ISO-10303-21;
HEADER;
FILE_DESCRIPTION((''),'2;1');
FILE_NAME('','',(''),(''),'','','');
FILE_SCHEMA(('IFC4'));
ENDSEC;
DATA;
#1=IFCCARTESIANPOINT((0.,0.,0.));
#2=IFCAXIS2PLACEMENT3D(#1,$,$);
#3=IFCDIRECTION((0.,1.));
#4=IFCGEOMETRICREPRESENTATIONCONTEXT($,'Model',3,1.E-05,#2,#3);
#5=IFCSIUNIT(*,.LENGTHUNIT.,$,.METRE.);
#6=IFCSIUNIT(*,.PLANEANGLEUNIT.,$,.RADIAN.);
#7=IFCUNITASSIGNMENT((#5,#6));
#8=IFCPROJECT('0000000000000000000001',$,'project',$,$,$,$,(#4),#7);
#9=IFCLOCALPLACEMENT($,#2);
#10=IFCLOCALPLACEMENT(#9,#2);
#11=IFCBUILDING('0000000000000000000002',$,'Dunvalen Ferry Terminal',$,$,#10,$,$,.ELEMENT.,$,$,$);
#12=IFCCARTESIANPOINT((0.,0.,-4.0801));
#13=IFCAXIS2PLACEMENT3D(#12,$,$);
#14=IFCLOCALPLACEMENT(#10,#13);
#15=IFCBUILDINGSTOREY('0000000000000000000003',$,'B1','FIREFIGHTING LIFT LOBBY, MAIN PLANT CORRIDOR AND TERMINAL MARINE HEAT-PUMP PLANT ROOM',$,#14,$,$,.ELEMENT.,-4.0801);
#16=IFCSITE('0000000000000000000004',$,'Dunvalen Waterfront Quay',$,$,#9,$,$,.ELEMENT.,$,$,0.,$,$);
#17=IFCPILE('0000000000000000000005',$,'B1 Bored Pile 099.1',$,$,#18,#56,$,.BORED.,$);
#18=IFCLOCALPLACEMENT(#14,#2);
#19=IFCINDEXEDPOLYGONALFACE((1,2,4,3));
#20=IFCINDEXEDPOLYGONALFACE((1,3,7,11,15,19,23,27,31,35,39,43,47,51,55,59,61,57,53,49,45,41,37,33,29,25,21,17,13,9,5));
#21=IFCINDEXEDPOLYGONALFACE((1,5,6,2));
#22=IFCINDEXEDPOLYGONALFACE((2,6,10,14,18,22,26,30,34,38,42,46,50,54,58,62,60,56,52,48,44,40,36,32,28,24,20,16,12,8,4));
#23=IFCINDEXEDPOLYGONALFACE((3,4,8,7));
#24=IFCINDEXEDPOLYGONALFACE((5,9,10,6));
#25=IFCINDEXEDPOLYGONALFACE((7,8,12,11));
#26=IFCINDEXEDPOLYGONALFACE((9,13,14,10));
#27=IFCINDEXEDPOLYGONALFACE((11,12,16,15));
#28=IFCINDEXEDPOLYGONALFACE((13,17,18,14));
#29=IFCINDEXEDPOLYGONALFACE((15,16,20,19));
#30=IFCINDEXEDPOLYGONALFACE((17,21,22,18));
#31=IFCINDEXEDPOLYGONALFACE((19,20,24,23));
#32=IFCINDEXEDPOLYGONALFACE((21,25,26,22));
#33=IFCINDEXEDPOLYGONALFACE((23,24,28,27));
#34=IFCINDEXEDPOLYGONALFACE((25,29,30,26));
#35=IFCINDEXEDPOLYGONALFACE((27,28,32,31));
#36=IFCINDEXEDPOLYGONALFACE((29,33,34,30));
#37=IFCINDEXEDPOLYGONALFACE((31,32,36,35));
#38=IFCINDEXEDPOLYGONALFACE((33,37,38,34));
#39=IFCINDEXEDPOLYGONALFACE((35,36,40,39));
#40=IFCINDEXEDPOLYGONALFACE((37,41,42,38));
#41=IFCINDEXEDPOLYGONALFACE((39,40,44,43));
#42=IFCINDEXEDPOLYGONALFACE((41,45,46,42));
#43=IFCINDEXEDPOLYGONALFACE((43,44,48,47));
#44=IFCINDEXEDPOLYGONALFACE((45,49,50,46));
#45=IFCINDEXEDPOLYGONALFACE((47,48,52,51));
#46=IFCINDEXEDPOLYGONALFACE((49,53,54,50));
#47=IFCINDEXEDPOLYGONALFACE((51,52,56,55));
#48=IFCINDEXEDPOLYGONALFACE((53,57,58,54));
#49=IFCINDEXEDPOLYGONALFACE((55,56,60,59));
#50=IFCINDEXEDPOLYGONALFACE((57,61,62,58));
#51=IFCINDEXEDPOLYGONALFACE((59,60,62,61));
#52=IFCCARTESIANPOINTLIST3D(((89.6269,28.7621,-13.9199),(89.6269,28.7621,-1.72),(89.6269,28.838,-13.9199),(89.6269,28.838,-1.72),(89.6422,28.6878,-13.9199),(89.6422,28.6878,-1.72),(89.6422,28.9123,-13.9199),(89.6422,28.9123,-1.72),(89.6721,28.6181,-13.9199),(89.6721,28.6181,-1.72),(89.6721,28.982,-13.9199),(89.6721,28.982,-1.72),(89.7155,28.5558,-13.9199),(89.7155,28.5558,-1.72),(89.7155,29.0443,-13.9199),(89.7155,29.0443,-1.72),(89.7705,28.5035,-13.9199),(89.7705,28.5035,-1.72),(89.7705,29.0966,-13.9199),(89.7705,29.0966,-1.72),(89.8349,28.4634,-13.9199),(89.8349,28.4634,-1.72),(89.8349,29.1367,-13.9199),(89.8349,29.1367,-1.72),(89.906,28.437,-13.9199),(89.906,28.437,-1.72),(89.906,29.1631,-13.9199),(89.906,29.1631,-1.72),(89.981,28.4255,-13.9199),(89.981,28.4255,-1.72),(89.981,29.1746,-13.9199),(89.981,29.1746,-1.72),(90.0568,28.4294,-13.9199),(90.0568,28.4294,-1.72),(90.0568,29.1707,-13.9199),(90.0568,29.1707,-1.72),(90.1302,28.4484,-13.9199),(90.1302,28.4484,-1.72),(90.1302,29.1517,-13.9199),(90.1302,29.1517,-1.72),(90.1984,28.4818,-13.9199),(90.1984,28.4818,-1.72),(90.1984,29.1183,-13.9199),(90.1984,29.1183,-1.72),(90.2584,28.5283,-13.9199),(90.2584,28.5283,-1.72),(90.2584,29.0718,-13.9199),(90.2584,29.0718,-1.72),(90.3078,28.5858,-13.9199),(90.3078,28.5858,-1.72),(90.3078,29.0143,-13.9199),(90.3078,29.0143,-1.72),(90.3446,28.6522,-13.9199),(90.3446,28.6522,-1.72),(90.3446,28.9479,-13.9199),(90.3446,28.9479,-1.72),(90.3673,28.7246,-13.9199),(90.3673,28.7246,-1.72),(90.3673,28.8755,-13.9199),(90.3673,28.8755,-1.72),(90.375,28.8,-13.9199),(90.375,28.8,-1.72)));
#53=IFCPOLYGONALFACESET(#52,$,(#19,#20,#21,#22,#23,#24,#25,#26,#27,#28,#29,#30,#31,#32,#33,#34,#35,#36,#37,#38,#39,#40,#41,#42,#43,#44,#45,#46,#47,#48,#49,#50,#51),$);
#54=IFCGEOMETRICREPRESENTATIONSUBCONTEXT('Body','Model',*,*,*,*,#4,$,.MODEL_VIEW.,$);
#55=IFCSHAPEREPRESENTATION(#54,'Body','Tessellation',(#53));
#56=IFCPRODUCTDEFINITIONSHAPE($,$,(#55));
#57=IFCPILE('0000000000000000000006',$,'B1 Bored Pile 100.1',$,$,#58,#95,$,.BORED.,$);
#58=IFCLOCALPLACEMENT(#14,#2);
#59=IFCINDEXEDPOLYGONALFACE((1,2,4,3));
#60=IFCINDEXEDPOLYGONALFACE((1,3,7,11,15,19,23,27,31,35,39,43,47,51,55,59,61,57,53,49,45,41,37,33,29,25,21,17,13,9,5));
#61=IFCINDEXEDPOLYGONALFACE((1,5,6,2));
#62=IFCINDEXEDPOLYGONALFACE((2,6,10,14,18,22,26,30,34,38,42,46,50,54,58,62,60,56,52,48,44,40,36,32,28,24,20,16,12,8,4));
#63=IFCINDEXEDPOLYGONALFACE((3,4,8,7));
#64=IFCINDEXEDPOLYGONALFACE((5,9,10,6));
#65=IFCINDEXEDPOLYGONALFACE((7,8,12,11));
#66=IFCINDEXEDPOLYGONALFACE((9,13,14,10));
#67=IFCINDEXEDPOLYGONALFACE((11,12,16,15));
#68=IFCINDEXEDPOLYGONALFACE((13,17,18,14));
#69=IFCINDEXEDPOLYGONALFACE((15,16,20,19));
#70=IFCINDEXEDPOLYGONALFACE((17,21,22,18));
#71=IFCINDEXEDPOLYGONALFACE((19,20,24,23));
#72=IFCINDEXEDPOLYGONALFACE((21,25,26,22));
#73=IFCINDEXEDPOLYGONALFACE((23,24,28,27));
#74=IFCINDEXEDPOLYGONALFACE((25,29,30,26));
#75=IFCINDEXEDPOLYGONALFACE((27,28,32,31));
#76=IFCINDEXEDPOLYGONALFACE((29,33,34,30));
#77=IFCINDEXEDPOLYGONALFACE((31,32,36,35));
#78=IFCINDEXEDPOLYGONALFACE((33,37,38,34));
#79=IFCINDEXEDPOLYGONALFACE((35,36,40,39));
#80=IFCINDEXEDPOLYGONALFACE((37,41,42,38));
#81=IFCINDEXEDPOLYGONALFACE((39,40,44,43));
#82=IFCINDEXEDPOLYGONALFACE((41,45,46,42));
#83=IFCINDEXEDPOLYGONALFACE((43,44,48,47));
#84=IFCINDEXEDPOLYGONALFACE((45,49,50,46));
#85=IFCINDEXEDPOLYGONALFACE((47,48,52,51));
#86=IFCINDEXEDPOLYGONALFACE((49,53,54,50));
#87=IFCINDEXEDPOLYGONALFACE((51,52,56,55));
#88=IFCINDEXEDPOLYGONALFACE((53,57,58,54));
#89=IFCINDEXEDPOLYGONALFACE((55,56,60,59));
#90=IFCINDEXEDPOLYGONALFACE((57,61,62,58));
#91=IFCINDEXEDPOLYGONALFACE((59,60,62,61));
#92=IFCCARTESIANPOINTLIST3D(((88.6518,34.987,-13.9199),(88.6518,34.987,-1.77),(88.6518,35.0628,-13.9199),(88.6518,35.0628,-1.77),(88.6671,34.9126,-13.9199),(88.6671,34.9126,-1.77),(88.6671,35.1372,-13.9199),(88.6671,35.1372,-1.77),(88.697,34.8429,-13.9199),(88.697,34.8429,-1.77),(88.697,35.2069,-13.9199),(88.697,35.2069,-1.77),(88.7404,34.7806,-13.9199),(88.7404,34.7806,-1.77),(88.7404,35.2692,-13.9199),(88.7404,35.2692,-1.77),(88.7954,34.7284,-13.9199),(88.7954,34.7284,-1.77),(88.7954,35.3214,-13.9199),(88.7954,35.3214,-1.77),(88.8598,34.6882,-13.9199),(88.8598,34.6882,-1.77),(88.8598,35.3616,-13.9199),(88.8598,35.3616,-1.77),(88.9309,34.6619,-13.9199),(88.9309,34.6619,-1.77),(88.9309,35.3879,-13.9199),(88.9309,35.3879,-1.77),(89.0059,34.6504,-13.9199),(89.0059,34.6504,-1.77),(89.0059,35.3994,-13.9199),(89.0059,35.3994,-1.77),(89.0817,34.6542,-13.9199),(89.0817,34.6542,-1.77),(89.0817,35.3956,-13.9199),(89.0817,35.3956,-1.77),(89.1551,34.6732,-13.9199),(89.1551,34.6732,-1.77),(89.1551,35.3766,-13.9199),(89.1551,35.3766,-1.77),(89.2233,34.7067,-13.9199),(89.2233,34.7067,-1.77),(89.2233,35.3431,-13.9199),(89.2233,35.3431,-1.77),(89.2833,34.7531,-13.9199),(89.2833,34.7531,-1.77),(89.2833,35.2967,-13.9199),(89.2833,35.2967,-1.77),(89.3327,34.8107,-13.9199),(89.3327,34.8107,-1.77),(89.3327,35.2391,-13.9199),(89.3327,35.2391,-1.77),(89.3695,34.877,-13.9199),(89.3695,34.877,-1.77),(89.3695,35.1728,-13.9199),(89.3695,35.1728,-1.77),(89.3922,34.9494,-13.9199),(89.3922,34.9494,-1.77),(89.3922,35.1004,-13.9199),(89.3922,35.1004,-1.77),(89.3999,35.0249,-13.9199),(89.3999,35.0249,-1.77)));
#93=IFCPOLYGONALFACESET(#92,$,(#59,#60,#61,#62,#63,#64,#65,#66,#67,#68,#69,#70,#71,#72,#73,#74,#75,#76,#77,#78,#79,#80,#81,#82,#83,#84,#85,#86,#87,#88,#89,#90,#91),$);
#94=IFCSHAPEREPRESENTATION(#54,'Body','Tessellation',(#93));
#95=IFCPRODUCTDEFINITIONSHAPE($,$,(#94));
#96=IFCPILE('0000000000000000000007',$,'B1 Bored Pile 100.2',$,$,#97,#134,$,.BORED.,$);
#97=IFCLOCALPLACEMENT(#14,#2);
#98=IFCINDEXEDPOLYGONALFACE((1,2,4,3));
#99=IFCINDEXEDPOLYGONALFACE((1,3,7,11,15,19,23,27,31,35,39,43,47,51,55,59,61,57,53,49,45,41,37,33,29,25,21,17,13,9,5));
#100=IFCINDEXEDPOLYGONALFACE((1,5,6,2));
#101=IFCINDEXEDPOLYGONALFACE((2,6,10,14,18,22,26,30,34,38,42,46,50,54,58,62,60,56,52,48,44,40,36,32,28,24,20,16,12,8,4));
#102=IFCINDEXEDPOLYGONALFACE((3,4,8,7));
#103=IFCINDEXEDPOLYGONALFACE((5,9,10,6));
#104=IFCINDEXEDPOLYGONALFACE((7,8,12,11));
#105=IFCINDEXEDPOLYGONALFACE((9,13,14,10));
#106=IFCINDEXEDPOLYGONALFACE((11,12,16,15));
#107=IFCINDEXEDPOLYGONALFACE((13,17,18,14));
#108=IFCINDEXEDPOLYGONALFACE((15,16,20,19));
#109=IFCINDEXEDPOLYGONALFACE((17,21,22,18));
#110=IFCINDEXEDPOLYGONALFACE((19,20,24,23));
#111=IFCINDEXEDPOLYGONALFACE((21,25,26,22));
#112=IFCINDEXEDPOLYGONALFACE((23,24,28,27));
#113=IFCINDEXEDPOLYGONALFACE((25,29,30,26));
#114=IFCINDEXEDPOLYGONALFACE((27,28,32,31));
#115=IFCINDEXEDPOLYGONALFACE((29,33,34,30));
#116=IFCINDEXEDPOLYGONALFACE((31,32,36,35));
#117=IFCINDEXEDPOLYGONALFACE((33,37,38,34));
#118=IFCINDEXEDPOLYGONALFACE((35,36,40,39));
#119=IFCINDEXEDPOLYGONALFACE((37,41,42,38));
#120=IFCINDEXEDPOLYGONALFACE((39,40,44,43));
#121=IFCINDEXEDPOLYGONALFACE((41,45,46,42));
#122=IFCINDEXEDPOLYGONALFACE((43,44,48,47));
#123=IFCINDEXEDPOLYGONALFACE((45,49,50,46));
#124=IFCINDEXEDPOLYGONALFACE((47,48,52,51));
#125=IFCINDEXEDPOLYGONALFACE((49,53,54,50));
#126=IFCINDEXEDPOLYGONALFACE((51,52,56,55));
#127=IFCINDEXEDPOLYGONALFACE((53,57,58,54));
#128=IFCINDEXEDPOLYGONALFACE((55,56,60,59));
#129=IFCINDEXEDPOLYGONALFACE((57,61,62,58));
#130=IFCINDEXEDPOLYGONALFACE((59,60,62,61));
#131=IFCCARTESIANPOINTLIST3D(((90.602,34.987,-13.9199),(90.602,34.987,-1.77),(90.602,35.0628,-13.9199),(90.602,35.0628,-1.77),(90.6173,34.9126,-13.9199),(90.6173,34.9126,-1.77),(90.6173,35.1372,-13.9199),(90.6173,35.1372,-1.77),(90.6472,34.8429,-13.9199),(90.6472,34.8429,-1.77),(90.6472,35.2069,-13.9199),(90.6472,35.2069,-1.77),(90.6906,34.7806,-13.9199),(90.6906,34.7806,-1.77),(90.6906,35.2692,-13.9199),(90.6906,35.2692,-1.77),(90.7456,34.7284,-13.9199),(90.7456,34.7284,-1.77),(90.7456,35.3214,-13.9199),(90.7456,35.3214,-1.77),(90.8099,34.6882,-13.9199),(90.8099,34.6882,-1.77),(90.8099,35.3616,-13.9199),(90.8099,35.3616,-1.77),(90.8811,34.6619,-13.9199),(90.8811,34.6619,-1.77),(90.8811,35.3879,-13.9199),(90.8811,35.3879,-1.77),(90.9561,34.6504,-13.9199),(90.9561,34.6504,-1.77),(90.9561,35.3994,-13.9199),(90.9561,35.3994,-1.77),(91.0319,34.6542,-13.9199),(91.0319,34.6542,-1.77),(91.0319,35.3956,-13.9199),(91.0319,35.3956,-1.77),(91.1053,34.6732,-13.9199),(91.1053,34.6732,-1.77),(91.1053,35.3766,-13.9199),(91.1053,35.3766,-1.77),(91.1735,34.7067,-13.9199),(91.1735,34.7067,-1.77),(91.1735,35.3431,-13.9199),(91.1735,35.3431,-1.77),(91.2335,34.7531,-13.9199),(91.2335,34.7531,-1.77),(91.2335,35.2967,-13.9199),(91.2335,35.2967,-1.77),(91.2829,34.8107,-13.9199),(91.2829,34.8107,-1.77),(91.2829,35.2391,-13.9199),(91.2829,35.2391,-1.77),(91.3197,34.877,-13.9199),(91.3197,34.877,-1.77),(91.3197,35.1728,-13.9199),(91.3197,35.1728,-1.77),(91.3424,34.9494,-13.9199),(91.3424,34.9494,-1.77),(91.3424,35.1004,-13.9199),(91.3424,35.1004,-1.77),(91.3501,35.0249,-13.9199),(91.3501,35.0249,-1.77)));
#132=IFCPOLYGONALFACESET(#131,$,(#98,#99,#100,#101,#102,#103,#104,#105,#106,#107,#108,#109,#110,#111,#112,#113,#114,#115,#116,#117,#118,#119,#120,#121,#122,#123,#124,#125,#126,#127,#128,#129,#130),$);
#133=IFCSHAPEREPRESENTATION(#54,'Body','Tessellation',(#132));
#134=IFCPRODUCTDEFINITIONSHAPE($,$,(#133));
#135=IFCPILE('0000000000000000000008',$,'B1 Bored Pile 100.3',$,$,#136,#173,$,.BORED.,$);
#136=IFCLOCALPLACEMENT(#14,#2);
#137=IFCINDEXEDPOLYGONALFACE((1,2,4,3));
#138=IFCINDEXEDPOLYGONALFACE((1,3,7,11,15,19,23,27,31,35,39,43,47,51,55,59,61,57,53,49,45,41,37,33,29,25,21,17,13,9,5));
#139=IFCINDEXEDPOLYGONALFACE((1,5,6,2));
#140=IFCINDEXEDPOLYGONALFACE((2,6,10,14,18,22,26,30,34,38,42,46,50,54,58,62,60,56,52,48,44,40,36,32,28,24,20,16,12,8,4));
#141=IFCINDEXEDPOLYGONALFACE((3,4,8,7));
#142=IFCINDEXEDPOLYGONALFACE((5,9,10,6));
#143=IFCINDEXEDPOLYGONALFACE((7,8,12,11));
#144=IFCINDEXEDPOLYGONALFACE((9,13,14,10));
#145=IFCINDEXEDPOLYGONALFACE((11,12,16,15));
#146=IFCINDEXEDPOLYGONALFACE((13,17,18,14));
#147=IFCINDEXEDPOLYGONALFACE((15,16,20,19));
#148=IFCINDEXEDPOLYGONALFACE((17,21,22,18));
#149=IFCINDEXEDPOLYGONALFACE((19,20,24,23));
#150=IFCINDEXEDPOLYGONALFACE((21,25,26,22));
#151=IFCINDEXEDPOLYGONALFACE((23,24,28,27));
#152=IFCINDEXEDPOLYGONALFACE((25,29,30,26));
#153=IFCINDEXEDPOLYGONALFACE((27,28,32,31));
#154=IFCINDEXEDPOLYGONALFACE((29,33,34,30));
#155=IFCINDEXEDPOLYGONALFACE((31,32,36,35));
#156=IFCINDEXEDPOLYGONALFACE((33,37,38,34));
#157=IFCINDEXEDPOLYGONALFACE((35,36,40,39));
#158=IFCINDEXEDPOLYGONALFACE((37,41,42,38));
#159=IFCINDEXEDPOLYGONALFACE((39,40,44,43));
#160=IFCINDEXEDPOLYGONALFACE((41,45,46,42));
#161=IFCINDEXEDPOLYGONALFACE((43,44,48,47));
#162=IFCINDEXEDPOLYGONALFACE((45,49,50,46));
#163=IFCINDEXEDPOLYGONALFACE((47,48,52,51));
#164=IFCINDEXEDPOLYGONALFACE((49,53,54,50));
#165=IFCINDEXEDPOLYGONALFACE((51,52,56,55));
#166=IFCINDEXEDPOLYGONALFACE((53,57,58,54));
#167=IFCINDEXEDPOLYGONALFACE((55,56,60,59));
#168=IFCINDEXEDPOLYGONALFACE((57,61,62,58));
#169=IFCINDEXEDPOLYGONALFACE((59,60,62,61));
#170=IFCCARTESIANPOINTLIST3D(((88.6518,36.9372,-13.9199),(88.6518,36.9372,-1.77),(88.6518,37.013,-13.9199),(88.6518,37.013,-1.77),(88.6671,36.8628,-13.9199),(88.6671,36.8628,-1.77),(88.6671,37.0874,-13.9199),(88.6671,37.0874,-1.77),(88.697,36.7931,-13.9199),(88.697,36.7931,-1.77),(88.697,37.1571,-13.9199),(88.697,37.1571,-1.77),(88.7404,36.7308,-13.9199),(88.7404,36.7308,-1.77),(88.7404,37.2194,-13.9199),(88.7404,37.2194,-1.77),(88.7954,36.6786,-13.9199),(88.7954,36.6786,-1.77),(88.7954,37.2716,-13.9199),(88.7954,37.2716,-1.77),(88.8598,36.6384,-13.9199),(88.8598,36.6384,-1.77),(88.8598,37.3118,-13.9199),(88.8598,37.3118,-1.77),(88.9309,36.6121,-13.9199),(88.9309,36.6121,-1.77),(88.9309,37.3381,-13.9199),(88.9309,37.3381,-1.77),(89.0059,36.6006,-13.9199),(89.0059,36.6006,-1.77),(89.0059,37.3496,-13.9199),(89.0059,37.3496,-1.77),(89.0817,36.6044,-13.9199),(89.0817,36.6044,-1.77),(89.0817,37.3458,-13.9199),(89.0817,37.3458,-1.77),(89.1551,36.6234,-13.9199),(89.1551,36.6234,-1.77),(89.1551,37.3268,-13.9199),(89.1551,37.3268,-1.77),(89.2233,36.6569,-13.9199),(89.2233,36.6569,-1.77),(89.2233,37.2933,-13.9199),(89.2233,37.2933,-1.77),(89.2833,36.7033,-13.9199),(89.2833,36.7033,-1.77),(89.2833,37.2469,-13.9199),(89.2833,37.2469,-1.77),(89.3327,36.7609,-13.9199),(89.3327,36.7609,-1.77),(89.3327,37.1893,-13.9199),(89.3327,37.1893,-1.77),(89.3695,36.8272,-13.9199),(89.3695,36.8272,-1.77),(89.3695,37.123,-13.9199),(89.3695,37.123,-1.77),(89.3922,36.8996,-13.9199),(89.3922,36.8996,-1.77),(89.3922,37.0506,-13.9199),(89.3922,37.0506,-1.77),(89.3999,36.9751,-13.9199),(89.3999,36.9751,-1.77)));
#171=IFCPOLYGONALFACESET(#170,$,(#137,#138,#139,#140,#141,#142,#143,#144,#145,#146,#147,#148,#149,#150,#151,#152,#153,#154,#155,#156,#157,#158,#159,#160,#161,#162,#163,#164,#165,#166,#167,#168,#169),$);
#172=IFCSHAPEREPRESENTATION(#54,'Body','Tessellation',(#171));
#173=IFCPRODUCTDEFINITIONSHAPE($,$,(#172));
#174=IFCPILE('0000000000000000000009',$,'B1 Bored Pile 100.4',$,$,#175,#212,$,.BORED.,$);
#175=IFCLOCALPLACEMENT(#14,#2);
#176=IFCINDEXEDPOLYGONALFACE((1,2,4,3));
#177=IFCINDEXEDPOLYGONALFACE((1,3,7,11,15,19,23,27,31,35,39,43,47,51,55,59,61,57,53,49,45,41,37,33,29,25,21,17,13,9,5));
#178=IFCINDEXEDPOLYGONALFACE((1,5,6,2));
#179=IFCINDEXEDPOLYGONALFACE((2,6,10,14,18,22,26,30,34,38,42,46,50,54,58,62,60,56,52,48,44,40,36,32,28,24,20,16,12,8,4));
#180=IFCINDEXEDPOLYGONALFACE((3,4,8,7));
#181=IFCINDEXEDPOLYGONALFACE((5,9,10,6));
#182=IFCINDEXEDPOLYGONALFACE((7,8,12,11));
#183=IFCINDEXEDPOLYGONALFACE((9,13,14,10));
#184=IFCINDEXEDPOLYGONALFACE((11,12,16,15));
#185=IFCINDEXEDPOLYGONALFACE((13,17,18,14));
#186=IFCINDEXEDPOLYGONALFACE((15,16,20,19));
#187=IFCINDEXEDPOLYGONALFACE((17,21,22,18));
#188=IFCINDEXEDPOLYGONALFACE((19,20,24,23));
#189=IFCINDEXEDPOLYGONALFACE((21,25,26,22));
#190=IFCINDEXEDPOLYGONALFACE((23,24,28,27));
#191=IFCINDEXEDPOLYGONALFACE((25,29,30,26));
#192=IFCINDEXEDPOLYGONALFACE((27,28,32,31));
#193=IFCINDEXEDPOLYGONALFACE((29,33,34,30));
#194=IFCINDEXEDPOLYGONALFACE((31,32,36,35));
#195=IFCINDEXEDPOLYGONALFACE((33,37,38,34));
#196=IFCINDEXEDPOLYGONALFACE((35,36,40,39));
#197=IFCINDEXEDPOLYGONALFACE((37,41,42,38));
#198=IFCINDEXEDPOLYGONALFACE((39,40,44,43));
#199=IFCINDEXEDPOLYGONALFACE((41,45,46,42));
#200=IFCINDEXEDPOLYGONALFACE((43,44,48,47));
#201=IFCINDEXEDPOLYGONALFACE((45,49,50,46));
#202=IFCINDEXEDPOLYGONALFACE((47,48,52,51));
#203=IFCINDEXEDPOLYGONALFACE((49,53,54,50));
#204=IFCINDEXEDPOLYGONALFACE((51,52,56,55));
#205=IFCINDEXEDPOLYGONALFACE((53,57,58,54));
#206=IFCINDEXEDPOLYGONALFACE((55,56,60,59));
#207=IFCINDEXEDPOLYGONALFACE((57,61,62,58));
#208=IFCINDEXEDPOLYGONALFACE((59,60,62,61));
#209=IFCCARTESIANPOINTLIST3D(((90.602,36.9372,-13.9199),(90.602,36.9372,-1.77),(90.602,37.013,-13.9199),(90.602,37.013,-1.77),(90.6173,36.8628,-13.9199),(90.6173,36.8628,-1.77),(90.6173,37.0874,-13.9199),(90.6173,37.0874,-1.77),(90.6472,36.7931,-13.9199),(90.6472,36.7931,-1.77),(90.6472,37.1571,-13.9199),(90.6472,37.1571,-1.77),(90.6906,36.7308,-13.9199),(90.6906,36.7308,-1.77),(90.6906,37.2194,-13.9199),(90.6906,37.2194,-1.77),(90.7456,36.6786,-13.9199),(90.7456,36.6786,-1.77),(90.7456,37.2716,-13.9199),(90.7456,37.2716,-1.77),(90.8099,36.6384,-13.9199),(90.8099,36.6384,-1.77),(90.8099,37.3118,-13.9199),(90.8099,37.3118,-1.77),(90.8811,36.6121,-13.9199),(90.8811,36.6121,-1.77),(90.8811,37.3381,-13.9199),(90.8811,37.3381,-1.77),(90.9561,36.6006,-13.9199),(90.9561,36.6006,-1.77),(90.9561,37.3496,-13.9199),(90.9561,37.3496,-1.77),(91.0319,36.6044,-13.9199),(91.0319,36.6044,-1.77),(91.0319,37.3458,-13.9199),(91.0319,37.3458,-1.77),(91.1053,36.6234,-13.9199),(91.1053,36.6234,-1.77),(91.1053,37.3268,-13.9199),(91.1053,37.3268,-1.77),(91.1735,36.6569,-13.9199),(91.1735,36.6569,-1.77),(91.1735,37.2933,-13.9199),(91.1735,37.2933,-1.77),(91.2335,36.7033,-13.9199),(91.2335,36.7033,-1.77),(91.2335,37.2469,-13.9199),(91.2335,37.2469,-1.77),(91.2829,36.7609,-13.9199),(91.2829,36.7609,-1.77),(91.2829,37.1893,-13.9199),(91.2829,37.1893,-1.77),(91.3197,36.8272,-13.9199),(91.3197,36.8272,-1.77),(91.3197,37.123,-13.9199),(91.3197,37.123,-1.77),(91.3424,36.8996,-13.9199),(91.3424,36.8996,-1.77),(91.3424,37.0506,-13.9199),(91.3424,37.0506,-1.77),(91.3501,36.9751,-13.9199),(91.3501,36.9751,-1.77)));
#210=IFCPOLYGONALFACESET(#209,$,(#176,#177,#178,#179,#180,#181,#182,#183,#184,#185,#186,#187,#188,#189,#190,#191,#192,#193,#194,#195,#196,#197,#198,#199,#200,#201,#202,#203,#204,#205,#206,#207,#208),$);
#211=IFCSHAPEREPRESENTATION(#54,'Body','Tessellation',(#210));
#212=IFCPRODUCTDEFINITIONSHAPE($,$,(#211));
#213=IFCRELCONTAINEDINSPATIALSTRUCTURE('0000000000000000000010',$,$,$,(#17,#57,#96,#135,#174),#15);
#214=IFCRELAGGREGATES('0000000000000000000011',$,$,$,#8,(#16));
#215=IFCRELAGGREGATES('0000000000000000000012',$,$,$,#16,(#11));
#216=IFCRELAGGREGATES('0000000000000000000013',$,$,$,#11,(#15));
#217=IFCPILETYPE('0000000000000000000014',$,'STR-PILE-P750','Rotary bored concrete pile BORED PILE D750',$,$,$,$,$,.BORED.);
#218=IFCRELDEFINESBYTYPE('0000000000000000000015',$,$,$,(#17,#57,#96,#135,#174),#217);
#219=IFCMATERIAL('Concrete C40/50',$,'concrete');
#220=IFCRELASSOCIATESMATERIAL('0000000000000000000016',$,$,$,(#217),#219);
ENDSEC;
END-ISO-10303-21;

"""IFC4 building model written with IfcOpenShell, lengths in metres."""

from ifc_helpers import new_model, si_unit, direction, frame, origin, origin_2d, place, context, subcontext, project, spatial, circle, extrude, material, material_profile, profile_set, type_object, element, save


model = new_model("IFC4")

# Units and contexts
model_context = context("Model", 3, precision=1e-05, world=origin(), true_north=direction((0.0, 1.0)))
body_context = subcontext(model_context, "Body", "Model", "MODEL_VIEW")
ifc_project = project(units=[si_unit("LENGTHUNIT", "METRE"), si_unit("PLANEANGLEUNIT", "RADIAN")], contexts=[model_context])

# Site, building, storey
site_placement = place(None, origin())
site = spatial("IfcSite", under=ifc_project, at=site_placement, Name="Dunvalen Waterfront Quay", CompositionType="ELEMENT", RefElevation=0.0)
building_placement = place(site_placement, origin())
building = spatial("IfcBuilding", under=site, at=building_placement, Name="Dunvalen Ferry Terminal", CompositionType="ELEMENT")
storey_placement = place(building_placement, frame((0.0, 0.0, -4.0801)))
storey = spatial("IfcBuildingStorey", under=building, at=storey_placement, Name="B1", Description="FIREFIGHTING LIFT LOBBY, MAIN PLANT CORRIDOR AND TERMINAL MARINE HEAT-PUMP PLANT ROOM", CompositionType="ELEMENT", Elevation=-4.0801)

# Shared definitions
ifc_material_1 = material(Name="Concrete C40/50", Category="concrete")

# Piles
ifc_material_profile_1 = material_profile(ifc_material_1, circle(Radius=0.375, at=origin_2d()), Name="Concrete C40/50")
ifc_profile_set_1 = profile_set([ifc_material_profile_1], Name="Concrete C40/50")
pile_type = type_object("IfcPileType", Name="STR-PILE-P750", Description="Rotary bored concrete pile BORED PILE D750", PredefinedType="BORED", material=ifc_profile_set_1)
for number, where, z_axis, x_axis, name in (
    (1, (90.0, 28.8, -1.72), (0.0, 0.0, -1.0), (1.0, 0.0, 0.0), "B1 Bored Pile 099.1"),
):
    element("IfcPile", number, at=place(storey_placement, frame(where, z_axis=z_axis, x_axis=x_axis)), inside=storey, type_object=pile_type, Name=name, PredefinedType="BORED", context=body_context, shape_type="SweptSolid", body=[
        extrude(circle(Radius=0.375, at=origin_2d()), origin(), (0.0, 0.0, 1.0), 12.2),
    ])
for number, where, z_axis, x_axis, name in (
    (2, (89.0249, 35.0249, -1.77), (0.0, 0.0, -1.0), (1.0, 0.0, 0.0), "B1 Bored Pile 100.1"),
    (3, (90.9751, 35.0249, -1.77), (0.0, 0.0, -1.0), (1.0, 0.0, 0.0), "B1 Bored Pile 100.2"),
    (4, (89.0249, 36.9751, -1.77), (0.0, 0.0, -1.0), (1.0, 0.0, 0.0), "B1 Bored Pile 100.3"),
    (5, (90.9751, 36.9751, -1.77), (0.0, 0.0, -1.0), (1.0, 0.0, 0.0), "B1 Bored Pile 100.4"),
):
    element("IfcPile", number, at=place(storey_placement, frame(where, z_axis=z_axis, x_axis=x_axis)), inside=storey, type_object=pile_type, Name=name, PredefinedType="BORED", context=body_context, shape_type="SweptSolid", body=[
        extrude(circle(Radius=0.375, at=origin_2d()), origin(), (0.0, 0.0, 1.0), 12.1499),
    ])

save(model, "model.ifc")
